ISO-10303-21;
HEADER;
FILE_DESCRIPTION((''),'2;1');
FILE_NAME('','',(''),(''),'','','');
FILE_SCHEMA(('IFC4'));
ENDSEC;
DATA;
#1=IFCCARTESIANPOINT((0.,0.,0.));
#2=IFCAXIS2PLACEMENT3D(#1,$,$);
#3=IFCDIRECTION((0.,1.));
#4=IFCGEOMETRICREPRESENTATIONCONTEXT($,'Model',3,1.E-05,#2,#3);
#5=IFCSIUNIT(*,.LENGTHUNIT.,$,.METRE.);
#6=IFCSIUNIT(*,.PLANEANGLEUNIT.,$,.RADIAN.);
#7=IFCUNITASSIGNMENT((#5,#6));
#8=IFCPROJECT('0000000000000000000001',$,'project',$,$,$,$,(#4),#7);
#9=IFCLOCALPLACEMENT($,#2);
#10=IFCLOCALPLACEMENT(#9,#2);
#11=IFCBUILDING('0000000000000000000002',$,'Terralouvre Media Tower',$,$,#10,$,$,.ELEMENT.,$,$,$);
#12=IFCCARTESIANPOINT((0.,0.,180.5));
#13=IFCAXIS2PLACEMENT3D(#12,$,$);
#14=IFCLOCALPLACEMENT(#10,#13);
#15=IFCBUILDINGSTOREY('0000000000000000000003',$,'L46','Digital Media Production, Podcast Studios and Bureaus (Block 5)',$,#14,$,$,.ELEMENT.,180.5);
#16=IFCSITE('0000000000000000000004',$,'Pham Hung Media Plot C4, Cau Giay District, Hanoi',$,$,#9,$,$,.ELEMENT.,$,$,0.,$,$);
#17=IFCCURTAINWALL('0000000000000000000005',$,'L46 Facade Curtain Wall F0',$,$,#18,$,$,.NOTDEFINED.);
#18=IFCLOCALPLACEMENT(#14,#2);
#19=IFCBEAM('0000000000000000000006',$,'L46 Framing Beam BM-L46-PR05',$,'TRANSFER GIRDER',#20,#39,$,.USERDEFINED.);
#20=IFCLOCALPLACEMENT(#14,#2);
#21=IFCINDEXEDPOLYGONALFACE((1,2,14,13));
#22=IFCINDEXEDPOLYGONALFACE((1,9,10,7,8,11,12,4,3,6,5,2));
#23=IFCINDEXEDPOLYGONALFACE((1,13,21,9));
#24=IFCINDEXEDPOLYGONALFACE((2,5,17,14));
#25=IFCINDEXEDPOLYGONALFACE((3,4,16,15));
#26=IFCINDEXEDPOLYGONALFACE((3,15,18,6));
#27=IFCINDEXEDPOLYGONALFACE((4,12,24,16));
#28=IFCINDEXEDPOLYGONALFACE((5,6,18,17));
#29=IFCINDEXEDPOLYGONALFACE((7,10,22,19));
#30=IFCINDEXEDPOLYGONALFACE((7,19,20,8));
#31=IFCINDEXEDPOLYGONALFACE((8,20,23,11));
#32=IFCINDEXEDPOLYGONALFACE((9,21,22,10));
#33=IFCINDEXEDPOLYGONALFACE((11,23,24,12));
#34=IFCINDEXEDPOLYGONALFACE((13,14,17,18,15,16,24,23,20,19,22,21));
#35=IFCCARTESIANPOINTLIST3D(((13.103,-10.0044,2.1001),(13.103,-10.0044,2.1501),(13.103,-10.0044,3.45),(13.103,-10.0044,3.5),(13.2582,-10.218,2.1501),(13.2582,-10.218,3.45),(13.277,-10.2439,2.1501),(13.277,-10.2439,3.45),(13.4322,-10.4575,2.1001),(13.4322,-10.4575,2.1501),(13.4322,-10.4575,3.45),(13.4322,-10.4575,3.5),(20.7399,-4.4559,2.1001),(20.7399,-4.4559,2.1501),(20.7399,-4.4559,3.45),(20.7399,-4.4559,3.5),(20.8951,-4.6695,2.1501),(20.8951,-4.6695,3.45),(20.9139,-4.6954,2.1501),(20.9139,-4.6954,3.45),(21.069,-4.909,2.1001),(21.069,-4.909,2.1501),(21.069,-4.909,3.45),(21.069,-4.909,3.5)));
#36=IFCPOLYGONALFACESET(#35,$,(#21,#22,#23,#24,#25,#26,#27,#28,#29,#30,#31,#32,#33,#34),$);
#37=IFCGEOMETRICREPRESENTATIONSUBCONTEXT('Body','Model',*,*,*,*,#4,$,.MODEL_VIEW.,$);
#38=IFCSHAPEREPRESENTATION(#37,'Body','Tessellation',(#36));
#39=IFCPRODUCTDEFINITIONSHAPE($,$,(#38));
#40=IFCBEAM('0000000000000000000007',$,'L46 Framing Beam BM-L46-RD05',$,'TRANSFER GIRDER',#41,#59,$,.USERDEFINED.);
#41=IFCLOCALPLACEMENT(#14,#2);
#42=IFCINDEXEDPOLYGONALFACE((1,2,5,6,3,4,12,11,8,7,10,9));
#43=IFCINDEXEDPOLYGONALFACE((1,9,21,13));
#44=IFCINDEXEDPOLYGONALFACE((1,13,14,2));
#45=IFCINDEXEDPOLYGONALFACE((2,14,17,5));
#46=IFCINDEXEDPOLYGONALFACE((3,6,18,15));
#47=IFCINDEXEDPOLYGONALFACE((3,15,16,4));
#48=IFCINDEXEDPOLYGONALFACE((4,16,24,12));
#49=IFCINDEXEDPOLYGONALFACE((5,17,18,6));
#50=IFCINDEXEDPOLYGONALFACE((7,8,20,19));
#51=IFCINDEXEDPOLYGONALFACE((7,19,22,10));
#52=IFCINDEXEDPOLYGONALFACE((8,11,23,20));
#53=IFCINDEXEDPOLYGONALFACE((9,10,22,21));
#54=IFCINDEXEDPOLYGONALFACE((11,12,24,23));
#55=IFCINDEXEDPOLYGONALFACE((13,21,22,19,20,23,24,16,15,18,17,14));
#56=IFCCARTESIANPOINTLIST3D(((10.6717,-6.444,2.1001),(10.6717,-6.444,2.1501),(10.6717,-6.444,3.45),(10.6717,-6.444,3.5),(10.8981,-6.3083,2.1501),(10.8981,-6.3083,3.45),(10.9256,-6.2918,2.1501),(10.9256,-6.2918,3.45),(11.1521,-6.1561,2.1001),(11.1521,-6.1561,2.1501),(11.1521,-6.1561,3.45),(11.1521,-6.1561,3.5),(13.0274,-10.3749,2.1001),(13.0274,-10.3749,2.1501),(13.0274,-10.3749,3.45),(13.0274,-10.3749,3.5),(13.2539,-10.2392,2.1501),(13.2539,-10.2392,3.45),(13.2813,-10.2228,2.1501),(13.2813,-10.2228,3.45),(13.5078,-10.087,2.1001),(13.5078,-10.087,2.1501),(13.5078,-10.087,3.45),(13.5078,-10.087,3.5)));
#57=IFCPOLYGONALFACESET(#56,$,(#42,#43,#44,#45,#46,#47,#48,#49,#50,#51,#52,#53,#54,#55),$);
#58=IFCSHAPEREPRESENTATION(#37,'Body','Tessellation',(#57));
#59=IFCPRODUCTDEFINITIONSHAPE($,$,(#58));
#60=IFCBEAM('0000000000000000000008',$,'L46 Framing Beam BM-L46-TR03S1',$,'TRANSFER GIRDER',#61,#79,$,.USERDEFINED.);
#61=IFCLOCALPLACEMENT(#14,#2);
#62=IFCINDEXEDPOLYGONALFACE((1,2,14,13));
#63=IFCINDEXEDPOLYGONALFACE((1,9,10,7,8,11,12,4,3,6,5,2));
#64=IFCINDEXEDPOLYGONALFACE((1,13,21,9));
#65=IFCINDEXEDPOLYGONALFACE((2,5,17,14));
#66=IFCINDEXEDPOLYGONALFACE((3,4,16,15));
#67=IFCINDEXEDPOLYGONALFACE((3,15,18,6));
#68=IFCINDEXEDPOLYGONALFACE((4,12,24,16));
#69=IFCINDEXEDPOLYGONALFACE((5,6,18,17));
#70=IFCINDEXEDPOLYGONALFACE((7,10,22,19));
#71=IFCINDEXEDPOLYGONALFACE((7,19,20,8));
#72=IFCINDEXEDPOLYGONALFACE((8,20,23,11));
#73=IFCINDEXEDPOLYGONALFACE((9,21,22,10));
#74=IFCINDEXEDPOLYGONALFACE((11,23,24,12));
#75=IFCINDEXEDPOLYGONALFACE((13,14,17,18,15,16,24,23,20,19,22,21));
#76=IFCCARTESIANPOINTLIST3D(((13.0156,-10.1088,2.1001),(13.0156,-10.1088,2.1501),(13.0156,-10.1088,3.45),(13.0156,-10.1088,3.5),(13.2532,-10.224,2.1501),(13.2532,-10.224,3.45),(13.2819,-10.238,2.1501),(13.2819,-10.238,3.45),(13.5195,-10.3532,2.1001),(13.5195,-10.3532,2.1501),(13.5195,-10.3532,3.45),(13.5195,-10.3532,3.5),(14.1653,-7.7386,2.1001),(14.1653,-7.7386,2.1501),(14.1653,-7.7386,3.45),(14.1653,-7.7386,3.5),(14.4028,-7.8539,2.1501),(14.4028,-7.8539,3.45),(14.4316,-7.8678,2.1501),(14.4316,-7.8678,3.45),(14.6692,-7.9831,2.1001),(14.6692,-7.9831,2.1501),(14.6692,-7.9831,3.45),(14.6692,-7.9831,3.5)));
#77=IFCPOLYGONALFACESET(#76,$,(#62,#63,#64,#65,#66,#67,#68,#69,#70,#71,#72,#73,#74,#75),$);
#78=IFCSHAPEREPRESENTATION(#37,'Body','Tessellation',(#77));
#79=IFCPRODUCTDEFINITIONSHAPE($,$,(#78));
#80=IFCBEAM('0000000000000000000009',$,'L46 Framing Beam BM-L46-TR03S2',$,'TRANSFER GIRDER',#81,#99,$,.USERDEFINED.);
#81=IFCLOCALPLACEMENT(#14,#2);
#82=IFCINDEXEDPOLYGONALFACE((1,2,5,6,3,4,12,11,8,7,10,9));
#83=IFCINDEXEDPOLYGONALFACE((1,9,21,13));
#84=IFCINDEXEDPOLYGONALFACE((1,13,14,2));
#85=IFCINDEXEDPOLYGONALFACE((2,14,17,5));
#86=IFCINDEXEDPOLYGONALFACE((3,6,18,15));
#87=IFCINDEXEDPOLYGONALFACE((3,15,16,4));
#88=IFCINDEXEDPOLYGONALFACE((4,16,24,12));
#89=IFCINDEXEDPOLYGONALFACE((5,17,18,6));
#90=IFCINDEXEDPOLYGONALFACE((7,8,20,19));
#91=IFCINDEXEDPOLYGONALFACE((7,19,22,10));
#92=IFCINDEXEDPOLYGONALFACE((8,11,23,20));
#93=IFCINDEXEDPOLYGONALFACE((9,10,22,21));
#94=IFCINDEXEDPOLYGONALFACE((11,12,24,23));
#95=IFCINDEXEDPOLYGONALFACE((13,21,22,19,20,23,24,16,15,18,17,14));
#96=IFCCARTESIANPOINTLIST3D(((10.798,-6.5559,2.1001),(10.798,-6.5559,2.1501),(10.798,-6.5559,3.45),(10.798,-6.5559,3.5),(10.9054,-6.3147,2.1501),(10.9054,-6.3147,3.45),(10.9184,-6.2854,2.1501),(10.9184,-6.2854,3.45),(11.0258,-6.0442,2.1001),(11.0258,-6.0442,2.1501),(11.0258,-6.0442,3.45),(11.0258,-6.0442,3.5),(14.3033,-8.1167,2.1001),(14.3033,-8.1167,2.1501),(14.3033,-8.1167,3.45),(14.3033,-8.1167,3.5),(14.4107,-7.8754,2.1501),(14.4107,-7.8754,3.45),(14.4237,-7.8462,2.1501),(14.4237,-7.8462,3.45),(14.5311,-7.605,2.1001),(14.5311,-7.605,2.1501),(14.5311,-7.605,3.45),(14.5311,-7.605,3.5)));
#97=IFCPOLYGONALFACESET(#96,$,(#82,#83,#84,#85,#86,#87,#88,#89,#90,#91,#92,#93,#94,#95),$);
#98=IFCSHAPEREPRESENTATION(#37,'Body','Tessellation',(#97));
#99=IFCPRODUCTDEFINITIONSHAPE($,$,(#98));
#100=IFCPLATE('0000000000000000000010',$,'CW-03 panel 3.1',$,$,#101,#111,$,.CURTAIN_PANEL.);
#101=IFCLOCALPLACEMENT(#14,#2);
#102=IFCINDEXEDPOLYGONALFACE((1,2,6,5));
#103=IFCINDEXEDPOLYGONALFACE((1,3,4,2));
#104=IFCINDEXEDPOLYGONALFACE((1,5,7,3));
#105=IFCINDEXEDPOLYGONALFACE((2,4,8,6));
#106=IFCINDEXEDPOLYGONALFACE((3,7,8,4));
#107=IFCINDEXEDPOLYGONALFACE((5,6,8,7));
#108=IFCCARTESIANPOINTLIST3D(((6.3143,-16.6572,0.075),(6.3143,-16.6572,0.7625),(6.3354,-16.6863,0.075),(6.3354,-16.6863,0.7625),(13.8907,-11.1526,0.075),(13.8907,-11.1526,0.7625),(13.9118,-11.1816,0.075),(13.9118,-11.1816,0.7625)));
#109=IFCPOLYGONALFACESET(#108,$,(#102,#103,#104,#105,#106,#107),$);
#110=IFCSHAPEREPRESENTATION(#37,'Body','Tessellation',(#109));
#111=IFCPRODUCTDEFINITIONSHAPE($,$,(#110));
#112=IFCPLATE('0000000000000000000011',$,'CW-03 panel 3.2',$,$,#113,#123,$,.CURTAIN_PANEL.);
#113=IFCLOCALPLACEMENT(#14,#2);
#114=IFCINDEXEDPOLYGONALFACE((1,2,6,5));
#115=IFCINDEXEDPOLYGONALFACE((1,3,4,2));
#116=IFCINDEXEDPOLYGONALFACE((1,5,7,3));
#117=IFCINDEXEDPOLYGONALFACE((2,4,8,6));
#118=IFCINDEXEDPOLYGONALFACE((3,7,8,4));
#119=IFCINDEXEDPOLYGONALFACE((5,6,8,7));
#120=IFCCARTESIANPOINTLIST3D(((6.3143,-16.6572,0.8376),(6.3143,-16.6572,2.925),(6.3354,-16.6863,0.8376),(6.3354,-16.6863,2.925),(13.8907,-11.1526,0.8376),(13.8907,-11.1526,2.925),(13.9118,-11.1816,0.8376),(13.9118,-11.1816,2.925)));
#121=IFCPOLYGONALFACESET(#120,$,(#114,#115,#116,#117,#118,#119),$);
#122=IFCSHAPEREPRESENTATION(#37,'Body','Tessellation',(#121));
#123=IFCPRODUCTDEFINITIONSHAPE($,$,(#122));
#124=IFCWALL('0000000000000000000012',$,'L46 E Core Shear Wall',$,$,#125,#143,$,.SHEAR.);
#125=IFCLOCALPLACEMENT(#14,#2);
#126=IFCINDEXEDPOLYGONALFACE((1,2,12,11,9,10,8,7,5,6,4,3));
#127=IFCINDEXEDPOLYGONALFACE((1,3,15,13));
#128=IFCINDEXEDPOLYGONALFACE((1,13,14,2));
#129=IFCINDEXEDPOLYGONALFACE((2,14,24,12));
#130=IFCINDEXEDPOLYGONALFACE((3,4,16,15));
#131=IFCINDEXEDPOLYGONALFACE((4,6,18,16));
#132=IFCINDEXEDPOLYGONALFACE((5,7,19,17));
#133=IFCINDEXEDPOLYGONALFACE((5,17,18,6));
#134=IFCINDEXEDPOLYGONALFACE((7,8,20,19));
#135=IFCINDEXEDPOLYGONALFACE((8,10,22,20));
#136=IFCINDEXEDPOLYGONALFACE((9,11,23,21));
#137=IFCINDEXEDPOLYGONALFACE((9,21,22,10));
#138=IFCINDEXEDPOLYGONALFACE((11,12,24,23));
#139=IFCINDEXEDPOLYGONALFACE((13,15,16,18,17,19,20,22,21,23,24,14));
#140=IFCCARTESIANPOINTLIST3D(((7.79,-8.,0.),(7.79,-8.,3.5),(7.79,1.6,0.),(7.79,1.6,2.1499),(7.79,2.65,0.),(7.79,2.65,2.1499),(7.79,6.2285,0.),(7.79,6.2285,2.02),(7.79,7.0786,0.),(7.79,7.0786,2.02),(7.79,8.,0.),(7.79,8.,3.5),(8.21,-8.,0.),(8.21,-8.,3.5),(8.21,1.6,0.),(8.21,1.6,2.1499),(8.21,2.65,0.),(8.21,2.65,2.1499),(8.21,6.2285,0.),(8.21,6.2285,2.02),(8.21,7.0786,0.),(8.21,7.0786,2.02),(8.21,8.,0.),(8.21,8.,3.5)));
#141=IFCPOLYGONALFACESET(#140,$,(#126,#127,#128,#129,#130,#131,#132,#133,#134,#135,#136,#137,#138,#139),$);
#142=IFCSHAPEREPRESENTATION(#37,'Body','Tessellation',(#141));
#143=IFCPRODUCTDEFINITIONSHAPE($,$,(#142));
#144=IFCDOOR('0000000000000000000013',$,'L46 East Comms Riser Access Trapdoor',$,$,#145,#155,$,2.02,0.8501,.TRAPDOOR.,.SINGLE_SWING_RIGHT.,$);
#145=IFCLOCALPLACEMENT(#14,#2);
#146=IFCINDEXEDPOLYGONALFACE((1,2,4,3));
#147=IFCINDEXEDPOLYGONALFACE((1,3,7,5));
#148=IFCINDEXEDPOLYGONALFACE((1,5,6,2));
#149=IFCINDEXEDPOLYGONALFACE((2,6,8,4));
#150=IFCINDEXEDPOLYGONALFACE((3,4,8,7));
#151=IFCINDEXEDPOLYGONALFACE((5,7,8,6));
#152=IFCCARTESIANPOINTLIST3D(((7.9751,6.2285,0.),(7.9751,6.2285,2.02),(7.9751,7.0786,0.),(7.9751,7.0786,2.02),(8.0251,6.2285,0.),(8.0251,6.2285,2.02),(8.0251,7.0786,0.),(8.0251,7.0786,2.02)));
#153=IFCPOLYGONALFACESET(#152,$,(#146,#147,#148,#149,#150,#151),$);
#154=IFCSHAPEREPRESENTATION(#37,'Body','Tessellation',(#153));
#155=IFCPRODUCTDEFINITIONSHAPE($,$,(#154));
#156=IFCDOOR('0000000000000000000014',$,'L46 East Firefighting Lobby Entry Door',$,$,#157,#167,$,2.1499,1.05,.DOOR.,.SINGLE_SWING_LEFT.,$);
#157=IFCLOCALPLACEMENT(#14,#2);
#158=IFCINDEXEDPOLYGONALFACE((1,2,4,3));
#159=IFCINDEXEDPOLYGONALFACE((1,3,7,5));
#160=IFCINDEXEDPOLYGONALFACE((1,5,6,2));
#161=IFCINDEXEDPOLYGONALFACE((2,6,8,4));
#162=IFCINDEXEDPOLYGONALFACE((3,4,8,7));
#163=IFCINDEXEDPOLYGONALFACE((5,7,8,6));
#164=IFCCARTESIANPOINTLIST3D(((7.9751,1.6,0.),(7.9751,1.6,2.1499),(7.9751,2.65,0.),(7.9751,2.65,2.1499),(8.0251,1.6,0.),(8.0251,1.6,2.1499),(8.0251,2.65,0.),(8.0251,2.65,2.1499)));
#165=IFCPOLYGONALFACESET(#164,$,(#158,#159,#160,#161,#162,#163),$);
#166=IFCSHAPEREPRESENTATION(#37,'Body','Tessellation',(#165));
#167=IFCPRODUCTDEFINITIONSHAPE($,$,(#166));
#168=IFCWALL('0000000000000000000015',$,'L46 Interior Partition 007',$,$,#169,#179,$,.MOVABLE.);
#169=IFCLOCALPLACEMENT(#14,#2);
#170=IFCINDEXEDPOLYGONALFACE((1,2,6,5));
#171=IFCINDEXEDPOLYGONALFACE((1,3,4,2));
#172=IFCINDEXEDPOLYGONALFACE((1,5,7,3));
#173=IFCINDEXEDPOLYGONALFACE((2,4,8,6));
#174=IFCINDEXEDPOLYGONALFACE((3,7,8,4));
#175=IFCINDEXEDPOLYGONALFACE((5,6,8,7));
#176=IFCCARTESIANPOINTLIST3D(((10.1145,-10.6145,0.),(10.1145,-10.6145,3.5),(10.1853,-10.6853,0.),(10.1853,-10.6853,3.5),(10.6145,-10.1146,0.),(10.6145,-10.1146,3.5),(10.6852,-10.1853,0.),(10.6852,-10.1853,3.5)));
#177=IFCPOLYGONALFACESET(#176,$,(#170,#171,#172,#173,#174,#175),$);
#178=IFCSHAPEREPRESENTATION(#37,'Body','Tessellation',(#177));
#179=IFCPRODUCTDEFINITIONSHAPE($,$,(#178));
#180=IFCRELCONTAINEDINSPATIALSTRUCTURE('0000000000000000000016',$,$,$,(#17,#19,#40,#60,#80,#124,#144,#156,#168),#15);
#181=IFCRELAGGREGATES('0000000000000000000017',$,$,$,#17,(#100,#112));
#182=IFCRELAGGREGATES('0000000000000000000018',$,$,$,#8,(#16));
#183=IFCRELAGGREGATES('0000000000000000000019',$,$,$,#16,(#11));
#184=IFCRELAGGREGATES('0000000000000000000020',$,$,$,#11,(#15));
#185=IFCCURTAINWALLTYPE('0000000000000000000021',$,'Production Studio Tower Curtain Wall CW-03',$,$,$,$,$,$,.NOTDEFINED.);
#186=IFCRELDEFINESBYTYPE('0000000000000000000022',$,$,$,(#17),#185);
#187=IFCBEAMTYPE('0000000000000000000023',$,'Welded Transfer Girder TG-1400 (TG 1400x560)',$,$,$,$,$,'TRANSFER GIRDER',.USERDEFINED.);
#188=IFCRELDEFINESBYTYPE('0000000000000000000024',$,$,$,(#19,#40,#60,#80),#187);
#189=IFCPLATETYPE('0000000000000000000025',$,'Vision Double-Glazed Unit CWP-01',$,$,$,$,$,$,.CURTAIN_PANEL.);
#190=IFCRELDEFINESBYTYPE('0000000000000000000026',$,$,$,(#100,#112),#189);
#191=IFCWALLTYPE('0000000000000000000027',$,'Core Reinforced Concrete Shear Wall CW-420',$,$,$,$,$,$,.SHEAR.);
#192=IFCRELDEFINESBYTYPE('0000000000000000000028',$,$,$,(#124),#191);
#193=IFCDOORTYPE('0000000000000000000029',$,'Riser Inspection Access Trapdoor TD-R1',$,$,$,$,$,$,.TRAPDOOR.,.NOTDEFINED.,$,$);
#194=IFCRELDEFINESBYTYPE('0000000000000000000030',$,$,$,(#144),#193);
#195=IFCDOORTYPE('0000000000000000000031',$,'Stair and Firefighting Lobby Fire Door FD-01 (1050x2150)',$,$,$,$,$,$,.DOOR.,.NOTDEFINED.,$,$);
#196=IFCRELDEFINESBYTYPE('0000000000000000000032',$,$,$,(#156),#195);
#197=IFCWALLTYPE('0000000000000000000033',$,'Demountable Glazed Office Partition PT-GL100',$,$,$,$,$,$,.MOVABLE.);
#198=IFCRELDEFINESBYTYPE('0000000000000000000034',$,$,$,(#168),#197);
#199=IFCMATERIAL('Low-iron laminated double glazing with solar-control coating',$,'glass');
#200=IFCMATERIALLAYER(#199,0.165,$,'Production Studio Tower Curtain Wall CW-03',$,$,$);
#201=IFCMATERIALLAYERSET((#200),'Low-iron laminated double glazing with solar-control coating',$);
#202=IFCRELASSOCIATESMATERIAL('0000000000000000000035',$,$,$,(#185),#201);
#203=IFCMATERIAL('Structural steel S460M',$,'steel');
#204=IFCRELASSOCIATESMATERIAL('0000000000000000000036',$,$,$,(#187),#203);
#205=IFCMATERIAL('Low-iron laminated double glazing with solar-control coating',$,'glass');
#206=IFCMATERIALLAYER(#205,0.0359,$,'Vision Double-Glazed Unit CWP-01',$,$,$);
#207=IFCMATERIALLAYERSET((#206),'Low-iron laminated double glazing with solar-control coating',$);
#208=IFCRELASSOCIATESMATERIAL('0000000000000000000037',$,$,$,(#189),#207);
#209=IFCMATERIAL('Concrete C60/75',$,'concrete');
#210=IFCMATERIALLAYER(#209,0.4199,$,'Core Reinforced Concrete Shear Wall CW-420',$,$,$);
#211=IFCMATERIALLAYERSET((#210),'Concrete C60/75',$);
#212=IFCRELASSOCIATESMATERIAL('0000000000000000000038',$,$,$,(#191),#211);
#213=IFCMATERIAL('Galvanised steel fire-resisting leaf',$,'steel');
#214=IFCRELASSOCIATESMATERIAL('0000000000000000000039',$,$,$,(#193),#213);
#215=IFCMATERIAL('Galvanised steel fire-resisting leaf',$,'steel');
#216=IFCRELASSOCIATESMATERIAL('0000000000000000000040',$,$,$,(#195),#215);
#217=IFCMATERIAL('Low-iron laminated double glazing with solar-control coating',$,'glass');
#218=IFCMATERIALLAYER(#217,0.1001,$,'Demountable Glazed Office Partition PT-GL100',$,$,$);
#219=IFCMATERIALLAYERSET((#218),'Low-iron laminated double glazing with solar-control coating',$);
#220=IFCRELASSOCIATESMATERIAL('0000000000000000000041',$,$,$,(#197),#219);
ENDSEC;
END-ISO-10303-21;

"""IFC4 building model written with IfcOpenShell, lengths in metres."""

from ifc_helpers import new_model, si_unit, direction, frame, frame_2d, origin, origin_2d, place, context, subcontext, project, spatial, rectangle, i_section, extrude, material, layer, layer_set, material_profile, profile_set, type_object, element, fill, aggregate, save


model = new_model("IFC4")

# Units and contexts
model_context = context("Model", 3, precision=1e-05, world=origin(), true_north=direction((0.0, 1.0)))
body_context = subcontext(model_context, "Body", "Model", "MODEL_VIEW")
ifc_project = project(units=[si_unit("LENGTHUNIT", "METRE"), si_unit("PLANEANGLEUNIT", "RADIAN")], contexts=[model_context])

# Site, building, storey
site_placement = place(None, origin())
site = spatial("IfcSite", under=ifc_project, at=site_placement, Name="Pham Hung Media Plot C4, Cau Giay District, Hanoi", CompositionType="ELEMENT", RefElevation=0.0)
building_placement = place(site_placement, origin())
building = spatial("IfcBuilding", under=site, at=building_placement, Name="Terralouvre Media Tower", CompositionType="ELEMENT")
storey_placement = place(building_placement, frame((0.0, 0.0, 180.5)))
storey = spatial("IfcBuildingStorey", under=building, at=storey_placement, Name="L46", Description="Digital Media Production, Podcast Studios and Bureaus (Block 5)", CompositionType="ELEMENT", Elevation=180.5)

# Curtain wall
ifc_material_1 = material(Name="Low-iron laminated double glazing with solar-control coating", Category="glass")
ifc_layer_1 = layer(ifc_material_1, 0.165, Name="Production Studio Tower Curtain Wall CW-03")
ifc_layer_set_1 = layer_set([ifc_layer_1], Name="Low-iron laminated double glazing with solar-control coating")
curtain_wall_type = type_object("IfcCurtainWallType", Name="Production Studio Tower Curtain Wall CW-03", PredefinedType="NOTDEFINED", material=ifc_layer_set_1)
curtain_wall_placement = place(storey_placement, origin())
curtain_wall = element("IfcCurtainWall", 1, at=curtain_wall_placement, inside=storey, type_object=curtain_wall_type, Name="L46 Facade Curtain Wall F0", PredefinedType="NOTDEFINED")

# Beams
ifc_material_2 = material(Name="Structural steel S460M", Category="steel")
ifc_material_profile_1 = material_profile(ifc_material_2, i_section(OverallWidth=0.5601, OverallDepth=1.3999, WebThickness=0.032, FlangeThickness=0.05, at=origin_2d()), Name="TG 1400x560")
ifc_profile_set_1 = profile_set([ifc_material_profile_1], Name="Structural steel S460M")
beam_type_1 = type_object("IfcBeamType", Name="Welded Transfer Girder TG-1400 (TG 1400x560)", ElementType="TRANSFER GIRDER", PredefinedType="USERDEFINED", material=ifc_profile_set_1)
beam_1_placement = place(storey_placement, frame((13.2676, -10.231, 2.8), z_axis=(0.809017, 0.587786, 0.0), x_axis=(-0.587786, 0.809017, 0.0)))
element("IfcBeam", 2, at=beam_1_placement, inside=storey, type_object=beam_type_1, Name="L46 Framing Beam BM-L46-PR05", ObjectType="TRANSFER GIRDER", PredefinedType="USERDEFINED", context=body_context, shape_type="SweptSolid", body=[
    extrude(i_section(OverallWidth=0.5601, OverallDepth=1.3999, WebThickness=0.032, FlangeThickness=0.05, at=origin_2d()), origin(), (0.0, 0.0, 1.0), 9.4397),
])
beam_2_placement = place(storey_placement, frame((10.9119, -6.3, 2.8), z_axis=(0.514041, -0.857765, 0.0), x_axis=(0.857765, 0.514041, 0.0)))
element("IfcBeam", 3, at=beam_2_placement, inside=storey, type_object=beam_type_1, Name="L46 Framing Beam BM-L46-RD05", ObjectType="TRANSFER GIRDER", PredefinedType="USERDEFINED", context=body_context, shape_type="SweptSolid", body=[
    extrude(i_section(OverallWidth=0.5601, OverallDepth=1.3999, WebThickness=0.032, FlangeThickness=0.05, at=origin_2d()), origin(), (0.0, 0.0, 1.0), 4.5828),
])
beam_3_placement = place(storey_placement, frame((14.4172, -7.8608, 2.8), z_axis=(-0.43643, -0.899738, 0.0), x_axis=(0.899738, -0.43643, 0.0)))
element("IfcBeam", 4, at=beam_3_placement, inside=storey, type_object=beam_type_1, Name="L46 Framing Beam BM-L46-TR03S1", ObjectType="TRANSFER GIRDER", PredefinedType="USERDEFINED", context=body_context, shape_type="SweptSolid", body=[
    extrude(i_section(OverallWidth=0.5601, OverallDepth=1.3999, WebThickness=0.032, FlangeThickness=0.05, at=origin_2d()), origin(), (0.0, 0.0, 1.0), 2.6343),
])
beam_4_placement = place(storey_placement, frame((14.4172, -7.8608, 2.8), z_axis=(-0.913536, 0.406758, 0.0), x_axis=(-0.406758, -0.913536, 0.0)))
element("IfcBeam", 5, at=beam_4_placement, inside=storey, type_object=beam_type_1, Name="L46 Framing Beam BM-L46-TR03S2", ObjectType="TRANSFER GIRDER", PredefinedType="USERDEFINED", context=body_context, shape_type="SweptSolid", body=[
    extrude(i_section(OverallWidth=0.5601, OverallDepth=1.3999, WebThickness=0.032, FlangeThickness=0.05, at=origin_2d()), origin(), (0.0, 0.0, 1.0), 3.8372),
])

# Plates
ifc_material_3 = material(Name="Low-iron laminated double glazing with solar-control coating", Category="glass")
ifc_layer_2 = layer(ifc_material_3, 0.0359, Name="Vision Double-Glazed Unit CWP-01")
ifc_layer_set_2 = layer_set([ifc_layer_2], Name="Low-iron laminated double glazing with solar-control coating")
plate_type = type_object("IfcPlateType", Name="Vision Double-Glazed Unit CWP-01", PredefinedType="CURTAIN_PANEL", material=ifc_layer_set_2)
plate_1_placement = place(storey_placement, frame((10.113, -13.9194, 0.075), z_axis=(0.0, 0.0, 1.0), x_axis=(0.809017, 0.587785, 0.0)))
plate_1 = element("IfcPlate", 6, at=plate_1_placement, type_object=plate_type, Name="CW-03 panel 3.1", PredefinedType="CURTAIN_PANEL", context=body_context, shape_type="SweptSolid", body=[
    extrude(rectangle(XDim=9.365, YDim=0.0359, at=origin_2d()), origin(), (0.0, 0.0, 1.0), 0.6875),
])
plate_2_placement = place(storey_placement, frame((10.113, -13.9194, 0.8376), z_axis=(0.0, 0.0, 1.0), x_axis=(0.809017, 0.587785, 0.0)))
plate_2 = element("IfcPlate", 7, at=plate_2_placement, type_object=plate_type, Name="CW-03 panel 3.2", PredefinedType="CURTAIN_PANEL", context=body_context, shape_type="SweptSolid", body=[
    extrude(rectangle(XDim=9.365, YDim=0.0359, at=origin_2d()), origin(), (0.0, 0.0, 1.0), 2.0874),
])
aggregate(curtain_wall, [plate_1, plate_2])

# Wall, openings, doors
ifc_material_4 = material(Name="Concrete C60/75", Category="concrete")
ifc_layer_3 = layer(ifc_material_4, 0.4199, Name="Core Reinforced Concrete Shear Wall CW-420")
ifc_layer_set_3 = layer_set([ifc_layer_3], Name="Concrete C60/75")
wall_type_1 = type_object("IfcWallType", Name="Core Reinforced Concrete Shear Wall CW-420", PredefinedType="SHEAR", material=ifc_layer_set_3)
wall_1_placement = place(storey_placement, frame((8.0, -8.0, 0.0), z_axis=(0.0, 0.0, 1.0), x_axis=(0.0, 1.0, 0.0)))
wall_1 = element("IfcWall", 8, at=wall_1_placement, inside=storey, type_object=wall_type_1, Name="L46 E Core Shear Wall", PredefinedType="SHEAR", context=body_context, shape_type="SweptSolid", body=[
    extrude(rectangle(XDim=16.0, YDim=0.4199, at=frame_2d((8.0, 0.0))), origin(), (0.0, 0.0, 1.0), 3.5),
])
opening_1_placement = place(wall_1_placement, frame((9.6001, 0.0, 0.0)))
opening_1 = element("IfcOpeningElement", 9, at=opening_1_placement, cuts=wall_1, PredefinedType="OPENING", context=body_context, shape_type="SweptSolid", body=[
    extrude(rectangle(XDim=1.05, YDim=2.1499, at=frame_2d((0.5249, 1.075))), frame((0.0, 0.22, 0.0), z_axis=(0.0, -1.0, 0.0), x_axis=(1.0, 0.0, 0.0)), (0.0, 0.0, 1.0), 0.4399),
])
opening_2_placement = place(wall_1_placement, frame((14.2285, 0.0, 0.0)))
opening_2 = element("IfcOpeningElement", 10, at=opening_2_placement, cuts=wall_1, PredefinedType="OPENING", context=body_context, shape_type="SweptSolid", body=[
    extrude(rectangle(XDim=0.8501, YDim=2.02, at=frame_2d((0.425, 1.01))), frame((0.0, 0.22, 0.0), z_axis=(0.0, -1.0, 0.0), x_axis=(1.0, 0.0, 0.0)), (0.0, 0.0, 1.0), 0.4399),
])
ifc_material_5 = material(Name="Galvanised steel fire-resisting leaf", Category="steel")
door_type_1 = type_object("IfcDoorType", Name="Riser Inspection Access Trapdoor TD-R1", OperationType="NOTDEFINED", PredefinedType="TRAPDOOR", material=ifc_material_5)
door_1_placement = place(opening_2_placement, origin())
door_1 = element("IfcDoor", 11, at=door_1_placement, inside=storey, type_object=door_type_1, Name="L46 East Comms Riser Access Trapdoor", OperationType="SINGLE_SWING_RIGHT", OverallHeight=2.02, OverallWidth=0.8501, PredefinedType="TRAPDOOR", context=body_context, shape_type="SweptSolid", body=[
    extrude(rectangle(XDim=0.8501, YDim=2.02, at=frame_2d((0.425, 1.01))), frame((0.0, 0.0249, 0.0), z_axis=(0.0, -1.0, 0.0), x_axis=(1.0, 0.0, 0.0)), (0.0, 0.0, 1.0), 0.05),
])
fill(opening_2, door_1)
ifc_material_6 = material(Name="Galvanised steel fire-resisting leaf", Category="steel")
door_type_2 = type_object("IfcDoorType", Name="Stair and Firefighting Lobby Fire Door FD-01 (1050x2150)", OperationType="NOTDEFINED", PredefinedType="DOOR", material=ifc_material_6)
door_2_placement = place(opening_1_placement, origin())
door_2 = element("IfcDoor", 12, at=door_2_placement, inside=storey, type_object=door_type_2, Name="L46 East Firefighting Lobby Entry Door", OperationType="SINGLE_SWING_LEFT", OverallHeight=2.1499, OverallWidth=1.05, PredefinedType="DOOR", context=body_context, shape_type="SweptSolid", body=[
    extrude(rectangle(XDim=1.05, YDim=2.1499, at=frame_2d((0.5249, 1.075))), frame((0.0, 0.0249, 0.0), z_axis=(0.0, -1.0, 0.0), x_axis=(1.0, 0.0, 0.0)), (0.0, 0.0, 1.0), 0.05),
])
fill(opening_1, door_2)

# Wall
ifc_material_7 = material(Name="Low-iron laminated double glazing with solar-control coating", Category="glass")
ifc_layer_4 = layer(ifc_material_7, 0.1001, Name="Demountable Glazed Office Partition PT-GL100")
ifc_layer_set_4 = layer_set([ifc_layer_4], Name="Low-iron laminated double glazing with solar-control coating")
wall_type_2 = type_object("IfcWallType", Name="Demountable Glazed Office Partition PT-GL100", PredefinedType="MOVABLE", material=ifc_layer_set_4)
wall_2_placement = place(storey_placement, frame((10.1499, -10.6499, 0.0), z_axis=(0.0, 0.0, 1.0), x_axis=(0.707107, 0.707107, 0.0)))
element("IfcWall", 13, at=wall_2_placement, inside=storey, type_object=wall_type_2, Name="L46 Interior Partition 007", PredefinedType="MOVABLE", context=body_context, shape_type="SweptSolid", body=[
    extrude(rectangle(XDim=0.707, YDim=0.1001, at=frame_2d((0.3535, 0.0))), origin(), (0.0, 0.0, 1.0), 3.5),
])

save(model, "model.ifc")
